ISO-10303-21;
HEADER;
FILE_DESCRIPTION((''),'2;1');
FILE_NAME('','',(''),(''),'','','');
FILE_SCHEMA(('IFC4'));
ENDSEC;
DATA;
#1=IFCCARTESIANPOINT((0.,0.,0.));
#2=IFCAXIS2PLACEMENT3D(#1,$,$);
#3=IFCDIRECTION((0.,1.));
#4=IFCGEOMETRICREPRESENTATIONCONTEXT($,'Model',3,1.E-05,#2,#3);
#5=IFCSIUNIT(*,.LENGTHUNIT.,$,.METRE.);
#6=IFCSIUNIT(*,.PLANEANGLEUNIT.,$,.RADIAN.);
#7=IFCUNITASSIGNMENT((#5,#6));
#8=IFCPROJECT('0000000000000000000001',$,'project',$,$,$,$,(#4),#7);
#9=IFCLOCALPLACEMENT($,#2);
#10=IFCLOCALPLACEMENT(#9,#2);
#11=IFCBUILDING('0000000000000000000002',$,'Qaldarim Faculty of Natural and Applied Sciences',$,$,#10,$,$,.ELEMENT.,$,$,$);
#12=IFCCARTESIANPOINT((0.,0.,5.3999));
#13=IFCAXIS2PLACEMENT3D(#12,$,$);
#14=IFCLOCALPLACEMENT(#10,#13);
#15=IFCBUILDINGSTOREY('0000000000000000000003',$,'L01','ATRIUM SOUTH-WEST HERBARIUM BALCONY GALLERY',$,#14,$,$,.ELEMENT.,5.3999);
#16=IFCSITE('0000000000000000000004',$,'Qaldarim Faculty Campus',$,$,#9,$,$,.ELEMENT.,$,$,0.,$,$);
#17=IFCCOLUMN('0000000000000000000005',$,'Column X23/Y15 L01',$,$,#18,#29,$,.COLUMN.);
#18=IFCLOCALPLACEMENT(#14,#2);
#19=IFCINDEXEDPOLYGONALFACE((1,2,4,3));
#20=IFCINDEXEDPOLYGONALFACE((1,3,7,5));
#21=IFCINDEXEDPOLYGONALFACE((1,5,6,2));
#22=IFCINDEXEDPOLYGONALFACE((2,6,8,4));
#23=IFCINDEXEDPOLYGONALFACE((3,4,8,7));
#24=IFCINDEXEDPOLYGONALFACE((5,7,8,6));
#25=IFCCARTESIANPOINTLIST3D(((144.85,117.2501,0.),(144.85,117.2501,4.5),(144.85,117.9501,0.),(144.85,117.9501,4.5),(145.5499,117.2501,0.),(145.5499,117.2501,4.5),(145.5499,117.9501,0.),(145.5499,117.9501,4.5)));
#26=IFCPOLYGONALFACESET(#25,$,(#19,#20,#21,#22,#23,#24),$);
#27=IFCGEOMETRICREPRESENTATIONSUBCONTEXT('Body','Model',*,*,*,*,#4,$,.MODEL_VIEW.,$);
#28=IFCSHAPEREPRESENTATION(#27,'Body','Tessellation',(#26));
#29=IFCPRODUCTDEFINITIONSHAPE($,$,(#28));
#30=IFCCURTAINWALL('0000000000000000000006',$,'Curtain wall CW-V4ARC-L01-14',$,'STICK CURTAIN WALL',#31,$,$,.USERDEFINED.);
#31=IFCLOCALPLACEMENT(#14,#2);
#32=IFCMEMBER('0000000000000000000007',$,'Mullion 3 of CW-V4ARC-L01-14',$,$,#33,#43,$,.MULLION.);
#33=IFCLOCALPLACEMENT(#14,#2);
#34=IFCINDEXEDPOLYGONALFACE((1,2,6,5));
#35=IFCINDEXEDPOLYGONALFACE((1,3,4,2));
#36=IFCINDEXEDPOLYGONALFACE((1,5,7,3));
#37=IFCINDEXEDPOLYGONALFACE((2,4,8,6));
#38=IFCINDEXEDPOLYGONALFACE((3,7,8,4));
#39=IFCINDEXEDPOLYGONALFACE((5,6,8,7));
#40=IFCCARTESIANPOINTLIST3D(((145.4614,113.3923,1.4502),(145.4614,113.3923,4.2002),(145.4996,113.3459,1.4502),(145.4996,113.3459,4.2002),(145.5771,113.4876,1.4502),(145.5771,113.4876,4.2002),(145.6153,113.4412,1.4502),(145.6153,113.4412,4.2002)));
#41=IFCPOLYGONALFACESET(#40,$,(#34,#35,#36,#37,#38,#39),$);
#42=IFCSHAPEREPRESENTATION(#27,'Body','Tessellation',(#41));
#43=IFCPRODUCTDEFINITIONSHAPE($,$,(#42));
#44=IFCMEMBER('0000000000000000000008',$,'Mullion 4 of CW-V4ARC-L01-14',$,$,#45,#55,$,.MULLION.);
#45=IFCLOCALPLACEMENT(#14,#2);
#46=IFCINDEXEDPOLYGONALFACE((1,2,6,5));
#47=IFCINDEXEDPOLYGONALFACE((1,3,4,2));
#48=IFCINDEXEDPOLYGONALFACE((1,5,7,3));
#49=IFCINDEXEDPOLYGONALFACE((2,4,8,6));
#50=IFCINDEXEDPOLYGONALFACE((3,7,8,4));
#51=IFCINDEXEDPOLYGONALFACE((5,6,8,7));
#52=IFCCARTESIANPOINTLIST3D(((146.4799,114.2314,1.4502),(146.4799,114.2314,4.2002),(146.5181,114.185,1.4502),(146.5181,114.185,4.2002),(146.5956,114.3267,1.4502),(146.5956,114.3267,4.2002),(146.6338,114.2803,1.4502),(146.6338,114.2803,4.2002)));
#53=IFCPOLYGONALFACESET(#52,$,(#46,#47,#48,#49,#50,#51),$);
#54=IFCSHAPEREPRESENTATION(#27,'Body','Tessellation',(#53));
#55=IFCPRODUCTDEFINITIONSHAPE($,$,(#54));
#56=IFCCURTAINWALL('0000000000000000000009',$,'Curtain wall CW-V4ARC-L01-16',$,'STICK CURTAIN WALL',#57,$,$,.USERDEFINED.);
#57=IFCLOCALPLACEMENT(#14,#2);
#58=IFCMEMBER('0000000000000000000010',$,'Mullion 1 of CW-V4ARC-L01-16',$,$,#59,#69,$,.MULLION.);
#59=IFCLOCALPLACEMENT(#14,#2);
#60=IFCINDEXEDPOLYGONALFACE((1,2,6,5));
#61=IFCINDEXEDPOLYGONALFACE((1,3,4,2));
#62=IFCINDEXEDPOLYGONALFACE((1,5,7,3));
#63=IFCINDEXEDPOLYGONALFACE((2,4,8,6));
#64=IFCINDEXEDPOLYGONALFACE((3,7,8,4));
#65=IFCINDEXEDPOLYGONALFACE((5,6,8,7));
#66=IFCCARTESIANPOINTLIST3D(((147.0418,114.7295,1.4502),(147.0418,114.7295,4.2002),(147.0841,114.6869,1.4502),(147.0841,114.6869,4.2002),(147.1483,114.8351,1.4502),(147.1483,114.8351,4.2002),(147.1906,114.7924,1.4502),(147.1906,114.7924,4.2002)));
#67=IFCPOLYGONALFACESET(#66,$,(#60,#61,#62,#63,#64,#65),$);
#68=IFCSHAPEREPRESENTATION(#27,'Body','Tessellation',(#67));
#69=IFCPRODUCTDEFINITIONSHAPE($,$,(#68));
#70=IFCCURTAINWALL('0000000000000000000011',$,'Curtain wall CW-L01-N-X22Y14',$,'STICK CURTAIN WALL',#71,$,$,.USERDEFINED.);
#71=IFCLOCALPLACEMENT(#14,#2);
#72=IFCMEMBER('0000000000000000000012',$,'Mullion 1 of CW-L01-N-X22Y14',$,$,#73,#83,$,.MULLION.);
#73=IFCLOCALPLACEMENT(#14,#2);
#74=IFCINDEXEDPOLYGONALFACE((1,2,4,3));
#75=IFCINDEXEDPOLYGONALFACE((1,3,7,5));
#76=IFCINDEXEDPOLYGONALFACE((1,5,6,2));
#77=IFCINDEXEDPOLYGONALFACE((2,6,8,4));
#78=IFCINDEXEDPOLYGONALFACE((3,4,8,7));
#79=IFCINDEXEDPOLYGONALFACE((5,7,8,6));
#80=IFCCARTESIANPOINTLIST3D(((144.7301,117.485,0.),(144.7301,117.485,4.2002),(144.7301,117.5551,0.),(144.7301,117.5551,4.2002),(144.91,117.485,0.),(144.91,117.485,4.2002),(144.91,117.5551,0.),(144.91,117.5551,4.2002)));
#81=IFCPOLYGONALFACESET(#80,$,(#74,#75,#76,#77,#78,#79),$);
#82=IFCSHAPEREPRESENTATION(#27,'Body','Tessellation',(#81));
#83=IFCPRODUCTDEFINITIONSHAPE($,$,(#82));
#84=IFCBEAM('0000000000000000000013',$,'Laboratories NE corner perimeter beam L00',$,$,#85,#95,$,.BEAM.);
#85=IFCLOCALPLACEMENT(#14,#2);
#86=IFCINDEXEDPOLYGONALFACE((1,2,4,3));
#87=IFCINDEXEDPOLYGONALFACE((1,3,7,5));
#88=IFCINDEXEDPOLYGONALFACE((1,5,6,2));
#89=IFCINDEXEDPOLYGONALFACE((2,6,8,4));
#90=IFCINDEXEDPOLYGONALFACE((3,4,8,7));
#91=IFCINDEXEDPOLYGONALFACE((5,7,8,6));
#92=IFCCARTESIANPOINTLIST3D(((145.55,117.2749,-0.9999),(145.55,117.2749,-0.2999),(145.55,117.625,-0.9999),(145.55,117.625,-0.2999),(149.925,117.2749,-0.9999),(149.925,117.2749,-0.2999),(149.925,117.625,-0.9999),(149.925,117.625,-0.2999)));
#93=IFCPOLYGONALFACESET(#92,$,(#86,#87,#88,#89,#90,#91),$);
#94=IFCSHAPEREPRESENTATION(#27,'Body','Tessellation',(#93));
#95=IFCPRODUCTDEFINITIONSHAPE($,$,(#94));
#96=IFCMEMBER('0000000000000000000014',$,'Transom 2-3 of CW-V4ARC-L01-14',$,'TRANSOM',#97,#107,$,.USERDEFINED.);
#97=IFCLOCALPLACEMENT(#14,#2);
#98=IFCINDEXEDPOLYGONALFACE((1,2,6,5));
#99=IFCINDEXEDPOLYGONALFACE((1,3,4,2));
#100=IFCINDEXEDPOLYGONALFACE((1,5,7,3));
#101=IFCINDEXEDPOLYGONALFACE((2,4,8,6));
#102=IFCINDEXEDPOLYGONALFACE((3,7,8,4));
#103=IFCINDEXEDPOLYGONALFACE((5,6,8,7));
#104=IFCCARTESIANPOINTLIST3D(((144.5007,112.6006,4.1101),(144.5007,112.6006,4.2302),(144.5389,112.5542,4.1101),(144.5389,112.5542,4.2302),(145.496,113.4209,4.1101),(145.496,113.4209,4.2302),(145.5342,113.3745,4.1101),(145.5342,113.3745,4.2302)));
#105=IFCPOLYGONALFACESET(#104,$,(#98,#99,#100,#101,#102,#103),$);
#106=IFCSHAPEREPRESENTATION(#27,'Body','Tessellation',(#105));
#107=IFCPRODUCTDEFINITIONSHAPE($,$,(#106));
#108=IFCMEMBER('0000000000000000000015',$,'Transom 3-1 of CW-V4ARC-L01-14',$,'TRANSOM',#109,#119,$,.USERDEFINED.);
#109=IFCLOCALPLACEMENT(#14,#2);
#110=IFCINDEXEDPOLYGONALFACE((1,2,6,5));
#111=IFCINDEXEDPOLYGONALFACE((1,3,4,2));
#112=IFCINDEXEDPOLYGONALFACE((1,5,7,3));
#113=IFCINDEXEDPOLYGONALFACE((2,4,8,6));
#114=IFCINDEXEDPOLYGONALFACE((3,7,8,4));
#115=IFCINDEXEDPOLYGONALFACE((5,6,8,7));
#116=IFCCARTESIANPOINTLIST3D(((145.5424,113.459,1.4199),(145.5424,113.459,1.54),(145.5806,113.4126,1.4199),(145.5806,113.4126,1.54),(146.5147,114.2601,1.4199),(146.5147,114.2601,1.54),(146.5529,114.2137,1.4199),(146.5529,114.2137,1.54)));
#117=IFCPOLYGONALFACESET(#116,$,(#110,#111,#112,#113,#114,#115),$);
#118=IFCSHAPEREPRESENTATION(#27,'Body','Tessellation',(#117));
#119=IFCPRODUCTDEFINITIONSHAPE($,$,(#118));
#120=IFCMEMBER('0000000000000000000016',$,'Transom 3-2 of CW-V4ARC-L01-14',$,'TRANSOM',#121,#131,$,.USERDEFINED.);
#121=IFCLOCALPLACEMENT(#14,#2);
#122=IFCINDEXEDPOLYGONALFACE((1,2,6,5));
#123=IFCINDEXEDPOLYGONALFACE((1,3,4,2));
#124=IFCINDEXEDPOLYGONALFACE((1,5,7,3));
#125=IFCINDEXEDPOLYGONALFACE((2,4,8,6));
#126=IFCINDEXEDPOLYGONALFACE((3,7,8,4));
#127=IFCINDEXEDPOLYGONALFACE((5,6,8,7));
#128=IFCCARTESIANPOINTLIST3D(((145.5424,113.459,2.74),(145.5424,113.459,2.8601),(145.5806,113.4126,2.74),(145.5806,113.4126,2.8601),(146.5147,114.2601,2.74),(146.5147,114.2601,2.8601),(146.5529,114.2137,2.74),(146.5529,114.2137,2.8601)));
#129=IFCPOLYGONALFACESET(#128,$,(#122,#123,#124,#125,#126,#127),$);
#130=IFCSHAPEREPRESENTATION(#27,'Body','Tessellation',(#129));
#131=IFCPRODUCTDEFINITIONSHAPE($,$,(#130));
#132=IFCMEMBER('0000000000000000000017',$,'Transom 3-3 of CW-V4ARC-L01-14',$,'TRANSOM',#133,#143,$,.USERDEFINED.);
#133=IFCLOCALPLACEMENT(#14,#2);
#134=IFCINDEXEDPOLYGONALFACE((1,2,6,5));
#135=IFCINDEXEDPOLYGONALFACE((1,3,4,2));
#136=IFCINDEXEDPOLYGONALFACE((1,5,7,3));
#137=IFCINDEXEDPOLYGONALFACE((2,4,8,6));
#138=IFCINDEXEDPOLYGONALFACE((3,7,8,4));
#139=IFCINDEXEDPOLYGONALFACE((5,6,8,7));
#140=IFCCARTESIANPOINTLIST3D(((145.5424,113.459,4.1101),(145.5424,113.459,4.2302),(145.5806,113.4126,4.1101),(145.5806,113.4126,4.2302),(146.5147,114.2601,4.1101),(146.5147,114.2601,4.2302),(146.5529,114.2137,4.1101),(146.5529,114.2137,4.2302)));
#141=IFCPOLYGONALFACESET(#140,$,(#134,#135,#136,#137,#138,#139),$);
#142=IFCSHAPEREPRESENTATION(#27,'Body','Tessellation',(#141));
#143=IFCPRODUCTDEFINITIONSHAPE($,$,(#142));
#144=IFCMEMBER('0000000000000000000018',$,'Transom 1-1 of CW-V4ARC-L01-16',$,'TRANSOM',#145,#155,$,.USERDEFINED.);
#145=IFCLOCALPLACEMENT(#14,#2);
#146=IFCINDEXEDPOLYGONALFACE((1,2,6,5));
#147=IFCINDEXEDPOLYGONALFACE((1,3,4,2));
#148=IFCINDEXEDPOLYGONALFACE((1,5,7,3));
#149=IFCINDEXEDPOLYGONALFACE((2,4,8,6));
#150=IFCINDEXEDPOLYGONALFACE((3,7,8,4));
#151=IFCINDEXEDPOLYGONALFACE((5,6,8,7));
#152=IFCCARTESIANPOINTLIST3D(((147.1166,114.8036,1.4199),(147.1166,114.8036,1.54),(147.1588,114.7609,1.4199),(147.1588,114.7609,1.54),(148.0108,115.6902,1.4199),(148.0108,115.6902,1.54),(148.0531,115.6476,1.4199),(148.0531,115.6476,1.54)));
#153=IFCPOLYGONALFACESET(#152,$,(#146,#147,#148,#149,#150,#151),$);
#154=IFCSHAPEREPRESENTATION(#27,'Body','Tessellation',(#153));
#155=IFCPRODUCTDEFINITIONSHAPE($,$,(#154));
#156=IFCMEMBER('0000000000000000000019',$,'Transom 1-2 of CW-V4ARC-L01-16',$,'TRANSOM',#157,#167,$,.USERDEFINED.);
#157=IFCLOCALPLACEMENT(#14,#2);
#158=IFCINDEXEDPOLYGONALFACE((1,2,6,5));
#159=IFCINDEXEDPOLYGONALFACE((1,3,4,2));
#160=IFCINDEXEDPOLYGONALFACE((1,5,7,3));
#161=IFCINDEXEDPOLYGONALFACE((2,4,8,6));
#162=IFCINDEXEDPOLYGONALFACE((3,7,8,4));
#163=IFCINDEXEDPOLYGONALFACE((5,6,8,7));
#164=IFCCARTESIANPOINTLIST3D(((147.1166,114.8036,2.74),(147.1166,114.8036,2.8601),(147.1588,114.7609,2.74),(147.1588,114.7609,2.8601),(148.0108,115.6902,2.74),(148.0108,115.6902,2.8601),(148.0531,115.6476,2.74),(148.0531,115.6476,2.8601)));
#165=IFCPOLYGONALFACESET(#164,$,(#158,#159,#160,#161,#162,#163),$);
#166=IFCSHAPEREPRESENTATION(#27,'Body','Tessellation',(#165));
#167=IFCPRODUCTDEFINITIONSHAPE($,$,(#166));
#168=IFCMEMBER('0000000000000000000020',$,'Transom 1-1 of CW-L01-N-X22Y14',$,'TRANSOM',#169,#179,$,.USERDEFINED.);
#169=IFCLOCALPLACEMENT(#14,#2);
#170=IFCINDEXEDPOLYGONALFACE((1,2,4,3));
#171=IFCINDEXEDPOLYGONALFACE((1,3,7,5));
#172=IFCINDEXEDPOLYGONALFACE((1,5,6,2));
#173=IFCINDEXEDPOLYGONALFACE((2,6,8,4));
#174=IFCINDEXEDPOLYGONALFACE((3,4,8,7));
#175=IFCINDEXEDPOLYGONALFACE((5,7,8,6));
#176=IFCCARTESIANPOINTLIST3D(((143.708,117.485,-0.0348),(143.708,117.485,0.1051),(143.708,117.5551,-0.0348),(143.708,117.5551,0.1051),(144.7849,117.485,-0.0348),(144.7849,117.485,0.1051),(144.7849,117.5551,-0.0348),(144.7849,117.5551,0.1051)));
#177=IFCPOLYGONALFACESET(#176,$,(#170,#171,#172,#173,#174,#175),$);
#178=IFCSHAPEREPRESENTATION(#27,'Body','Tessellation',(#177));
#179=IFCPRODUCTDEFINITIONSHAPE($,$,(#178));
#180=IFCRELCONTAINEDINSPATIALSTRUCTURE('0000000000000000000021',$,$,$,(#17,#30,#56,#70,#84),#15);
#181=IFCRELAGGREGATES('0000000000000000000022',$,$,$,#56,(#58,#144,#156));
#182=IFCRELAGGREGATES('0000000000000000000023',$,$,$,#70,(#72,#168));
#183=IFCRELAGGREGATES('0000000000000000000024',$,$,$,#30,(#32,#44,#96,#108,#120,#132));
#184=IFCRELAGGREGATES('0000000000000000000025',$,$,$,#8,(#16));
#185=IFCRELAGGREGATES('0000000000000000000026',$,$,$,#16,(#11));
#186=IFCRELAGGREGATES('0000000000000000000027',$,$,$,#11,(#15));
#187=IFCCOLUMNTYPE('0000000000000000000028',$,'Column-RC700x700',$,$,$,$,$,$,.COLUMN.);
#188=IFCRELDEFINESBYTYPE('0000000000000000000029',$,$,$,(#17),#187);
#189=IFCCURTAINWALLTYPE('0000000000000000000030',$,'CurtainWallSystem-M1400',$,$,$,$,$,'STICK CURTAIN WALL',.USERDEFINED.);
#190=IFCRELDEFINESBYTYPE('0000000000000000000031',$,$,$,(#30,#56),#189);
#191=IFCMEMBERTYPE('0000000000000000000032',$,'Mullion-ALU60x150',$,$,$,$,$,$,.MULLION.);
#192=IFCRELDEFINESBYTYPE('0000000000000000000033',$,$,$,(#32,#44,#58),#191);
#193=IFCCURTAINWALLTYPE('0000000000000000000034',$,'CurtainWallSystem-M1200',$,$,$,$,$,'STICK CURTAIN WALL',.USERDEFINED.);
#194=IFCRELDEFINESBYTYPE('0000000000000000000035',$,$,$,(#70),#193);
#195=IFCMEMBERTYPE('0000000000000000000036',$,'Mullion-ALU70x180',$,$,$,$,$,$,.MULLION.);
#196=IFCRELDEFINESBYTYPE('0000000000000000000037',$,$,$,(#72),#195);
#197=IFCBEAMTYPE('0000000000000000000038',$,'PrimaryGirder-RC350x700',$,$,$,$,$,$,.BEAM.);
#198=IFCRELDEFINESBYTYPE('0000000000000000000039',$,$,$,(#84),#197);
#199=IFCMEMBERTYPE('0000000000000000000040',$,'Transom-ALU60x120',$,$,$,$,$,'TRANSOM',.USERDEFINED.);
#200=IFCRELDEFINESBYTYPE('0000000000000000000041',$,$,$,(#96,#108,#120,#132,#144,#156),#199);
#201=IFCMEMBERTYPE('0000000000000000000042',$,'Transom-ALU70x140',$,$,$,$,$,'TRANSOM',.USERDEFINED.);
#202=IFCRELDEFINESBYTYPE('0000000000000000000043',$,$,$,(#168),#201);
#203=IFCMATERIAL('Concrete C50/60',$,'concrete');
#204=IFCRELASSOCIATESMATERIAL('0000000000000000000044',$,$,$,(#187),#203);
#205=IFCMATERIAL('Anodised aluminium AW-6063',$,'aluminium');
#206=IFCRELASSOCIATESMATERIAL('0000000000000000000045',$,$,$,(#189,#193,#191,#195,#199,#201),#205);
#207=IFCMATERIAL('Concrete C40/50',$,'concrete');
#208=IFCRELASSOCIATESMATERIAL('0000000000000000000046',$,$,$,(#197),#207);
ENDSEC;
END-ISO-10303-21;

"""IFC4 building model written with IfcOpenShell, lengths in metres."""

from ifc_helpers import new_model, si_unit, direction, frame, origin, origin_2d, place, context, subcontext, project, spatial, rectangle, extrude, material, material_profile, profile_set, type_object, element, aggregate, save


model = new_model("IFC4")

# Units and contexts
model_context = context("Model", 3, precision=1e-05, world=origin(), true_north=direction((0.0, 1.0)))
body_context = subcontext(model_context, "Body", "Model", "MODEL_VIEW")
ifc_project = project(units=[si_unit("LENGTHUNIT", "METRE"), si_unit("PLANEANGLEUNIT", "RADIAN")], contexts=[model_context])

# Site, building, storey
site_placement = place(None, origin())
site = spatial("IfcSite", under=ifc_project, at=site_placement, Name="Qaldarim Faculty Campus", CompositionType="ELEMENT", RefElevation=0.0)
building_placement = place(site_placement, origin())
building = spatial("IfcBuilding", under=site, at=building_placement, Name="Qaldarim Faculty of Natural and Applied Sciences", CompositionType="ELEMENT")
storey_placement = place(building_placement, frame((0.0, 0.0, 5.3999)))
storey = spatial("IfcBuildingStorey", under=building, at=storey_placement, Name="L01", Description="ATRIUM SOUTH-WEST HERBARIUM BALCONY GALLERY", CompositionType="ELEMENT", Elevation=5.3999)

# Column
ifc_material_1 = material(Name="Concrete C50/60", Category="concrete")
ifc_material_profile_1 = material_profile(ifc_material_1, rectangle(XDim=0.7, YDim=0.7, at=origin_2d()), Name="RC-C700x700")
ifc_profile_set_1 = profile_set([ifc_material_profile_1], Name="Concrete C50/60")
column_type = type_object("IfcColumnType", Name="Column-RC700x700", PredefinedType="COLUMN", material=ifc_profile_set_1)
column_placement = place(storey_placement, frame((145.2, 117.6001, 0.0), z_axis=(0.0, 0.0, 1.0), x_axis=(1.0, 0.0, 0.0)))
element("IfcColumn", 1, at=column_placement, inside=storey, type_object=column_type, Name="Column X23/Y15 L01", PredefinedType="COLUMN", context=body_context, shape_type="SweptSolid", body=[
    extrude(rectangle(XDim=0.7, YDim=0.7, at=origin_2d()), origin(), (0.0, 0.0, 1.0), 4.5),
])

# Curtain wall, members
ifc_material_2 = material(Name="Anodised aluminium AW-6063", Category="aluminium")
curtain_wall_type_1 = type_object("IfcCurtainWallType", Name="CurtainWallSystem-M1400", ElementType="STICK CURTAIN WALL", PredefinedType="USERDEFINED", material=ifc_material_2)
curtain_wall_1_placement = place(storey_placement, origin())
curtain_wall_1 = element("IfcCurtainWall", 2, at=curtain_wall_1_placement, inside=storey, type_object=curtain_wall_type_1, Name="Curtain wall CW-V4ARC-L01-14", ObjectType="STICK CURTAIN WALL", PredefinedType="USERDEFINED")
ifc_material_profile_2 = material_profile(ifc_material_2, rectangle(XDim=0.0601, YDim=0.1499, at=origin_2d()), Name="ALU-M60x150")
ifc_profile_set_2 = profile_set([ifc_material_profile_2], Name="Anodised aluminium AW-6063")
member_type_1 = type_object("IfcMemberType", Name="Mullion-ALU60x150", PredefinedType="MULLION", material=ifc_profile_set_2)
member_1_placement = place(storey_placement, frame((145.5383, 113.4167, 1.4502), z_axis=(0.0, 0.0, 1.0), x_axis=(-0.63593, 0.771747, 0.0)))
member_1 = element("IfcMember", 3, at=member_1_placement, type_object=member_type_1, Name="Mullion 3 of CW-V4ARC-L01-14", PredefinedType="MULLION", context=body_context, shape_type="SweptSolid", body=[
    extrude(rectangle(XDim=0.0601, YDim=0.1499, at=origin_2d()), origin(), (0.0, 0.0, 1.0), 2.75),
])
member_2_placement = place(storey_placement, frame((146.5569, 114.2559, 1.4502), z_axis=(0.0, 0.0, 1.0), x_axis=(-0.63593, 0.771747, 0.0)))
member_2 = element("IfcMember", 4, at=member_2_placement, type_object=member_type_1, Name="Mullion 4 of CW-V4ARC-L01-14", PredefinedType="MULLION", context=body_context, shape_type="SweptSolid", body=[
    extrude(rectangle(XDim=0.0601, YDim=0.1499, at=origin_2d()), origin(), (0.0, 0.0, 1.0), 2.75),
])

# Curtain walls, members
curtain_wall_2_placement = place(storey_placement, origin())
curtain_wall_2 = element("IfcCurtainWall", 5, at=curtain_wall_2_placement, inside=storey, type_object=curtain_wall_type_1, Name="Curtain wall CW-V4ARC-L01-16", ObjectType="STICK CURTAIN WALL", PredefinedType="USERDEFINED")
member_3_placement = place(storey_placement, frame((147.1162, 114.761, 1.4502), z_axis=(0.0, 0.0, 1.0), x_axis=(-0.704015, 0.710185, 0.0)))
member_3 = element("IfcMember", 6, at=member_3_placement, type_object=member_type_1, Name="Mullion 1 of CW-V4ARC-L01-16", PredefinedType="MULLION", context=body_context, shape_type="SweptSolid", body=[
    extrude(rectangle(XDim=0.0601, YDim=0.1499, at=origin_2d()), origin(), (0.0, 0.0, 1.0), 2.75),
])
curtain_wall_type_2 = type_object("IfcCurtainWallType", Name="CurtainWallSystem-M1200", ElementType="STICK CURTAIN WALL", PredefinedType="USERDEFINED", material=ifc_material_2)
curtain_wall_3_placement = place(storey_placement, origin())
curtain_wall_3 = element("IfcCurtainWall", 7, at=curtain_wall_3_placement, inside=storey, type_object=curtain_wall_type_2, Name="Curtain wall CW-L01-N-X22Y14", ObjectType="STICK CURTAIN WALL", PredefinedType="USERDEFINED")
ifc_material_profile_3 = material_profile(ifc_material_2, rectangle(XDim=0.0701, YDim=0.1799, at=origin_2d()), Name="ALU-M70x180")
ifc_profile_set_3 = profile_set([ifc_material_profile_3], Name="Anodised aluminium AW-6063")
member_type_2 = type_object("IfcMemberType", Name="Mullion-ALU70x180", PredefinedType="MULLION", material=ifc_profile_set_3)
member_4_placement = place(storey_placement, frame((144.8201, 117.52, 0.0), z_axis=(0.0, 0.0, 1.0), x_axis=(0.0, -1.0, 0.0)))
member_4 = element("IfcMember", 8, at=member_4_placement, type_object=member_type_2, Name="Mullion 1 of CW-L01-N-X22Y14", PredefinedType="MULLION", context=body_context, shape_type="SweptSolid", body=[
    extrude(rectangle(XDim=0.0701, YDim=0.1799, at=origin_2d()), origin(), (0.0, 0.0, 1.0), 4.2002),
])

# Beam
ifc_material_3 = material(Name="Concrete C40/50", Category="concrete")
ifc_material_profile_4 = material_profile(ifc_material_3, rectangle(XDim=0.3501, YDim=0.7, at=origin_2d()), Name="RC-B350x700")
ifc_profile_set_4 = profile_set([ifc_material_profile_4], Name="Concrete C40/50")
beam_type = type_object("IfcBeamType", Name="PrimaryGirder-RC350x700", PredefinedType="BEAM", material=ifc_profile_set_4)
beam_placement = place(storey_placement, frame((145.55, 117.45, -0.6499), z_axis=(1.0, 0.0, 0.0), x_axis=(0.0, 1.0, 0.0)))
element("IfcBeam", 9, at=beam_placement, inside=storey, type_object=beam_type, Name="Laboratories NE corner perimeter beam L00", PredefinedType="BEAM", context=body_context, shape_type="SweptSolid", body=[
    extrude(rectangle(XDim=0.3501, YDim=0.7, at=origin_2d()), origin(), (0.0, 0.0, 1.0), 4.375),
])

# Members
ifc_material_profile_5 = material_profile(ifc_material_2, rectangle(XDim=0.0601, YDim=0.1201, at=origin_2d()), Name="ALU-T60x120")
ifc_profile_set_5 = profile_set([ifc_material_profile_5], Name="Anodised aluminium AW-6063")
member_type_3 = type_object("IfcMemberType", Name="Transom-ALU60x120", ElementType="TRANSOM", PredefinedType="USERDEFINED", material=ifc_profile_set_5)
member_5_placement = place(storey_placement, frame((144.5198, 112.5774, 4.1702), z_axis=(0.771701, 0.635986, 0.0), x_axis=(-0.635986, 0.771701, 0.0)))
member_5 = element("IfcMember", 10, at=member_5_placement, type_object=member_type_3, Name="Transom 2-3 of CW-V4ARC-L01-14", ObjectType="TRANSOM", PredefinedType="USERDEFINED", context=body_context, shape_type="SweptSolid", body=[
    extrude(rectangle(XDim=0.0601, YDim=0.1201, at=origin_2d()), origin(), (0.0, 0.0, 1.0), 1.2898),
])
member_6_placement = place(storey_placement, frame((145.5615, 113.4358, 1.48), z_axis=(0.771768, 0.635904, 0.0), x_axis=(-0.635904, 0.771768, 0.0)))
member_6 = element("IfcMember", 11, at=member_6_placement, type_object=member_type_3, Name="Transom 3-1 of CW-V4ARC-L01-14", ObjectType="TRANSOM", PredefinedType="USERDEFINED", context=body_context, shape_type="SweptSolid", body=[
    extrude(rectangle(XDim=0.0601, YDim=0.1201, at=origin_2d()), origin(), (0.0, 0.0, 1.0), 1.2598),
])
member_7_placement = place(storey_placement, frame((145.5615, 113.4358, 2.8), z_axis=(0.771768, 0.635904, 0.0), x_axis=(-0.635904, 0.771768, 0.0)))
member_7 = element("IfcMember", 12, at=member_7_placement, type_object=member_type_3, Name="Transom 3-2 of CW-V4ARC-L01-14", ObjectType="TRANSOM", PredefinedType="USERDEFINED", context=body_context, shape_type="SweptSolid", body=[
    extrude(rectangle(XDim=0.0601, YDim=0.1201, at=origin_2d()), origin(), (0.0, 0.0, 1.0), 1.2598),
])
member_8_placement = place(storey_placement, frame((145.5615, 113.4358, 4.1702), z_axis=(0.771768, 0.635904, 0.0), x_axis=(-0.635904, 0.771768, 0.0)))
member_8 = element("IfcMember", 13, at=member_8_placement, type_object=member_type_3, Name="Transom 3-3 of CW-V4ARC-L01-14", ObjectType="TRANSOM", PredefinedType="USERDEFINED", context=body_context, shape_type="SweptSolid", body=[
    extrude(rectangle(XDim=0.0601, YDim=0.1201, at=origin_2d()), origin(), (0.0, 0.0, 1.0), 1.2598),
])
member_9_placement = place(storey_placement, frame((147.1377, 114.7822, 1.48), z_axis=(0.710105, 0.704096, 0.0), x_axis=(-0.704096, 0.710105, 0.0)))
member_9 = element("IfcMember", 14, at=member_9_placement, type_object=member_type_3, Name="Transom 1-1 of CW-V4ARC-L01-16", ObjectType="TRANSOM", PredefinedType="USERDEFINED", context=body_context, shape_type="SweptSolid", body=[
    extrude(rectangle(XDim=0.0601, YDim=0.1201, at=origin_2d()), origin(), (0.0, 0.0, 1.0), 1.2593),
])
member_10_placement = place(storey_placement, frame((147.1377, 114.7822, 2.8), z_axis=(0.710105, 0.704096, 0.0), x_axis=(-0.704096, 0.710105, 0.0)))
member_10 = element("IfcMember", 15, at=member_10_placement, type_object=member_type_3, Name="Transom 1-2 of CW-V4ARC-L01-16", ObjectType="TRANSOM", PredefinedType="USERDEFINED", context=body_context, shape_type="SweptSolid", body=[
    extrude(rectangle(XDim=0.0601, YDim=0.1201, at=origin_2d()), origin(), (0.0, 0.0, 1.0), 1.2593),
])
aggregate(curtain_wall_2, [member_3, member_9, member_10])
ifc_material_profile_6 = material_profile(ifc_material_2, rectangle(XDim=0.0701, YDim=0.1399, at=origin_2d()), Name="ALU-T70x140")
ifc_profile_set_6 = profile_set([ifc_material_profile_6], Name="Anodised aluminium AW-6063")
member_type_4 = type_object("IfcMemberType", Name="Transom-ALU70x140", ElementType="TRANSOM", PredefinedType="USERDEFINED", material=ifc_profile_set_6)
member_11_placement = place(storey_placement, frame((144.7849, 117.52, 0.0352), z_axis=(-1.0, 0.0, 0.0), x_axis=(0.0, -1.0, 0.0)))
member_11 = element("IfcMember", 16, at=member_11_placement, type_object=member_type_4, Name="Transom 1-1 of CW-L01-N-X22Y14", ObjectType="TRANSOM", PredefinedType="USERDEFINED", context=body_context, shape_type="SweptSolid", body=[
    extrude(rectangle(XDim=0.0701, YDim=0.1399, at=origin_2d()), origin(), (0.0, 0.0, 1.0), 1.0769),
])
aggregate(curtain_wall_3, [member_4, member_11])

aggregate(curtain_wall_1, [member_1, member_2, member_5, member_6, member_7, member_8])

save(model, "model.ifc")
